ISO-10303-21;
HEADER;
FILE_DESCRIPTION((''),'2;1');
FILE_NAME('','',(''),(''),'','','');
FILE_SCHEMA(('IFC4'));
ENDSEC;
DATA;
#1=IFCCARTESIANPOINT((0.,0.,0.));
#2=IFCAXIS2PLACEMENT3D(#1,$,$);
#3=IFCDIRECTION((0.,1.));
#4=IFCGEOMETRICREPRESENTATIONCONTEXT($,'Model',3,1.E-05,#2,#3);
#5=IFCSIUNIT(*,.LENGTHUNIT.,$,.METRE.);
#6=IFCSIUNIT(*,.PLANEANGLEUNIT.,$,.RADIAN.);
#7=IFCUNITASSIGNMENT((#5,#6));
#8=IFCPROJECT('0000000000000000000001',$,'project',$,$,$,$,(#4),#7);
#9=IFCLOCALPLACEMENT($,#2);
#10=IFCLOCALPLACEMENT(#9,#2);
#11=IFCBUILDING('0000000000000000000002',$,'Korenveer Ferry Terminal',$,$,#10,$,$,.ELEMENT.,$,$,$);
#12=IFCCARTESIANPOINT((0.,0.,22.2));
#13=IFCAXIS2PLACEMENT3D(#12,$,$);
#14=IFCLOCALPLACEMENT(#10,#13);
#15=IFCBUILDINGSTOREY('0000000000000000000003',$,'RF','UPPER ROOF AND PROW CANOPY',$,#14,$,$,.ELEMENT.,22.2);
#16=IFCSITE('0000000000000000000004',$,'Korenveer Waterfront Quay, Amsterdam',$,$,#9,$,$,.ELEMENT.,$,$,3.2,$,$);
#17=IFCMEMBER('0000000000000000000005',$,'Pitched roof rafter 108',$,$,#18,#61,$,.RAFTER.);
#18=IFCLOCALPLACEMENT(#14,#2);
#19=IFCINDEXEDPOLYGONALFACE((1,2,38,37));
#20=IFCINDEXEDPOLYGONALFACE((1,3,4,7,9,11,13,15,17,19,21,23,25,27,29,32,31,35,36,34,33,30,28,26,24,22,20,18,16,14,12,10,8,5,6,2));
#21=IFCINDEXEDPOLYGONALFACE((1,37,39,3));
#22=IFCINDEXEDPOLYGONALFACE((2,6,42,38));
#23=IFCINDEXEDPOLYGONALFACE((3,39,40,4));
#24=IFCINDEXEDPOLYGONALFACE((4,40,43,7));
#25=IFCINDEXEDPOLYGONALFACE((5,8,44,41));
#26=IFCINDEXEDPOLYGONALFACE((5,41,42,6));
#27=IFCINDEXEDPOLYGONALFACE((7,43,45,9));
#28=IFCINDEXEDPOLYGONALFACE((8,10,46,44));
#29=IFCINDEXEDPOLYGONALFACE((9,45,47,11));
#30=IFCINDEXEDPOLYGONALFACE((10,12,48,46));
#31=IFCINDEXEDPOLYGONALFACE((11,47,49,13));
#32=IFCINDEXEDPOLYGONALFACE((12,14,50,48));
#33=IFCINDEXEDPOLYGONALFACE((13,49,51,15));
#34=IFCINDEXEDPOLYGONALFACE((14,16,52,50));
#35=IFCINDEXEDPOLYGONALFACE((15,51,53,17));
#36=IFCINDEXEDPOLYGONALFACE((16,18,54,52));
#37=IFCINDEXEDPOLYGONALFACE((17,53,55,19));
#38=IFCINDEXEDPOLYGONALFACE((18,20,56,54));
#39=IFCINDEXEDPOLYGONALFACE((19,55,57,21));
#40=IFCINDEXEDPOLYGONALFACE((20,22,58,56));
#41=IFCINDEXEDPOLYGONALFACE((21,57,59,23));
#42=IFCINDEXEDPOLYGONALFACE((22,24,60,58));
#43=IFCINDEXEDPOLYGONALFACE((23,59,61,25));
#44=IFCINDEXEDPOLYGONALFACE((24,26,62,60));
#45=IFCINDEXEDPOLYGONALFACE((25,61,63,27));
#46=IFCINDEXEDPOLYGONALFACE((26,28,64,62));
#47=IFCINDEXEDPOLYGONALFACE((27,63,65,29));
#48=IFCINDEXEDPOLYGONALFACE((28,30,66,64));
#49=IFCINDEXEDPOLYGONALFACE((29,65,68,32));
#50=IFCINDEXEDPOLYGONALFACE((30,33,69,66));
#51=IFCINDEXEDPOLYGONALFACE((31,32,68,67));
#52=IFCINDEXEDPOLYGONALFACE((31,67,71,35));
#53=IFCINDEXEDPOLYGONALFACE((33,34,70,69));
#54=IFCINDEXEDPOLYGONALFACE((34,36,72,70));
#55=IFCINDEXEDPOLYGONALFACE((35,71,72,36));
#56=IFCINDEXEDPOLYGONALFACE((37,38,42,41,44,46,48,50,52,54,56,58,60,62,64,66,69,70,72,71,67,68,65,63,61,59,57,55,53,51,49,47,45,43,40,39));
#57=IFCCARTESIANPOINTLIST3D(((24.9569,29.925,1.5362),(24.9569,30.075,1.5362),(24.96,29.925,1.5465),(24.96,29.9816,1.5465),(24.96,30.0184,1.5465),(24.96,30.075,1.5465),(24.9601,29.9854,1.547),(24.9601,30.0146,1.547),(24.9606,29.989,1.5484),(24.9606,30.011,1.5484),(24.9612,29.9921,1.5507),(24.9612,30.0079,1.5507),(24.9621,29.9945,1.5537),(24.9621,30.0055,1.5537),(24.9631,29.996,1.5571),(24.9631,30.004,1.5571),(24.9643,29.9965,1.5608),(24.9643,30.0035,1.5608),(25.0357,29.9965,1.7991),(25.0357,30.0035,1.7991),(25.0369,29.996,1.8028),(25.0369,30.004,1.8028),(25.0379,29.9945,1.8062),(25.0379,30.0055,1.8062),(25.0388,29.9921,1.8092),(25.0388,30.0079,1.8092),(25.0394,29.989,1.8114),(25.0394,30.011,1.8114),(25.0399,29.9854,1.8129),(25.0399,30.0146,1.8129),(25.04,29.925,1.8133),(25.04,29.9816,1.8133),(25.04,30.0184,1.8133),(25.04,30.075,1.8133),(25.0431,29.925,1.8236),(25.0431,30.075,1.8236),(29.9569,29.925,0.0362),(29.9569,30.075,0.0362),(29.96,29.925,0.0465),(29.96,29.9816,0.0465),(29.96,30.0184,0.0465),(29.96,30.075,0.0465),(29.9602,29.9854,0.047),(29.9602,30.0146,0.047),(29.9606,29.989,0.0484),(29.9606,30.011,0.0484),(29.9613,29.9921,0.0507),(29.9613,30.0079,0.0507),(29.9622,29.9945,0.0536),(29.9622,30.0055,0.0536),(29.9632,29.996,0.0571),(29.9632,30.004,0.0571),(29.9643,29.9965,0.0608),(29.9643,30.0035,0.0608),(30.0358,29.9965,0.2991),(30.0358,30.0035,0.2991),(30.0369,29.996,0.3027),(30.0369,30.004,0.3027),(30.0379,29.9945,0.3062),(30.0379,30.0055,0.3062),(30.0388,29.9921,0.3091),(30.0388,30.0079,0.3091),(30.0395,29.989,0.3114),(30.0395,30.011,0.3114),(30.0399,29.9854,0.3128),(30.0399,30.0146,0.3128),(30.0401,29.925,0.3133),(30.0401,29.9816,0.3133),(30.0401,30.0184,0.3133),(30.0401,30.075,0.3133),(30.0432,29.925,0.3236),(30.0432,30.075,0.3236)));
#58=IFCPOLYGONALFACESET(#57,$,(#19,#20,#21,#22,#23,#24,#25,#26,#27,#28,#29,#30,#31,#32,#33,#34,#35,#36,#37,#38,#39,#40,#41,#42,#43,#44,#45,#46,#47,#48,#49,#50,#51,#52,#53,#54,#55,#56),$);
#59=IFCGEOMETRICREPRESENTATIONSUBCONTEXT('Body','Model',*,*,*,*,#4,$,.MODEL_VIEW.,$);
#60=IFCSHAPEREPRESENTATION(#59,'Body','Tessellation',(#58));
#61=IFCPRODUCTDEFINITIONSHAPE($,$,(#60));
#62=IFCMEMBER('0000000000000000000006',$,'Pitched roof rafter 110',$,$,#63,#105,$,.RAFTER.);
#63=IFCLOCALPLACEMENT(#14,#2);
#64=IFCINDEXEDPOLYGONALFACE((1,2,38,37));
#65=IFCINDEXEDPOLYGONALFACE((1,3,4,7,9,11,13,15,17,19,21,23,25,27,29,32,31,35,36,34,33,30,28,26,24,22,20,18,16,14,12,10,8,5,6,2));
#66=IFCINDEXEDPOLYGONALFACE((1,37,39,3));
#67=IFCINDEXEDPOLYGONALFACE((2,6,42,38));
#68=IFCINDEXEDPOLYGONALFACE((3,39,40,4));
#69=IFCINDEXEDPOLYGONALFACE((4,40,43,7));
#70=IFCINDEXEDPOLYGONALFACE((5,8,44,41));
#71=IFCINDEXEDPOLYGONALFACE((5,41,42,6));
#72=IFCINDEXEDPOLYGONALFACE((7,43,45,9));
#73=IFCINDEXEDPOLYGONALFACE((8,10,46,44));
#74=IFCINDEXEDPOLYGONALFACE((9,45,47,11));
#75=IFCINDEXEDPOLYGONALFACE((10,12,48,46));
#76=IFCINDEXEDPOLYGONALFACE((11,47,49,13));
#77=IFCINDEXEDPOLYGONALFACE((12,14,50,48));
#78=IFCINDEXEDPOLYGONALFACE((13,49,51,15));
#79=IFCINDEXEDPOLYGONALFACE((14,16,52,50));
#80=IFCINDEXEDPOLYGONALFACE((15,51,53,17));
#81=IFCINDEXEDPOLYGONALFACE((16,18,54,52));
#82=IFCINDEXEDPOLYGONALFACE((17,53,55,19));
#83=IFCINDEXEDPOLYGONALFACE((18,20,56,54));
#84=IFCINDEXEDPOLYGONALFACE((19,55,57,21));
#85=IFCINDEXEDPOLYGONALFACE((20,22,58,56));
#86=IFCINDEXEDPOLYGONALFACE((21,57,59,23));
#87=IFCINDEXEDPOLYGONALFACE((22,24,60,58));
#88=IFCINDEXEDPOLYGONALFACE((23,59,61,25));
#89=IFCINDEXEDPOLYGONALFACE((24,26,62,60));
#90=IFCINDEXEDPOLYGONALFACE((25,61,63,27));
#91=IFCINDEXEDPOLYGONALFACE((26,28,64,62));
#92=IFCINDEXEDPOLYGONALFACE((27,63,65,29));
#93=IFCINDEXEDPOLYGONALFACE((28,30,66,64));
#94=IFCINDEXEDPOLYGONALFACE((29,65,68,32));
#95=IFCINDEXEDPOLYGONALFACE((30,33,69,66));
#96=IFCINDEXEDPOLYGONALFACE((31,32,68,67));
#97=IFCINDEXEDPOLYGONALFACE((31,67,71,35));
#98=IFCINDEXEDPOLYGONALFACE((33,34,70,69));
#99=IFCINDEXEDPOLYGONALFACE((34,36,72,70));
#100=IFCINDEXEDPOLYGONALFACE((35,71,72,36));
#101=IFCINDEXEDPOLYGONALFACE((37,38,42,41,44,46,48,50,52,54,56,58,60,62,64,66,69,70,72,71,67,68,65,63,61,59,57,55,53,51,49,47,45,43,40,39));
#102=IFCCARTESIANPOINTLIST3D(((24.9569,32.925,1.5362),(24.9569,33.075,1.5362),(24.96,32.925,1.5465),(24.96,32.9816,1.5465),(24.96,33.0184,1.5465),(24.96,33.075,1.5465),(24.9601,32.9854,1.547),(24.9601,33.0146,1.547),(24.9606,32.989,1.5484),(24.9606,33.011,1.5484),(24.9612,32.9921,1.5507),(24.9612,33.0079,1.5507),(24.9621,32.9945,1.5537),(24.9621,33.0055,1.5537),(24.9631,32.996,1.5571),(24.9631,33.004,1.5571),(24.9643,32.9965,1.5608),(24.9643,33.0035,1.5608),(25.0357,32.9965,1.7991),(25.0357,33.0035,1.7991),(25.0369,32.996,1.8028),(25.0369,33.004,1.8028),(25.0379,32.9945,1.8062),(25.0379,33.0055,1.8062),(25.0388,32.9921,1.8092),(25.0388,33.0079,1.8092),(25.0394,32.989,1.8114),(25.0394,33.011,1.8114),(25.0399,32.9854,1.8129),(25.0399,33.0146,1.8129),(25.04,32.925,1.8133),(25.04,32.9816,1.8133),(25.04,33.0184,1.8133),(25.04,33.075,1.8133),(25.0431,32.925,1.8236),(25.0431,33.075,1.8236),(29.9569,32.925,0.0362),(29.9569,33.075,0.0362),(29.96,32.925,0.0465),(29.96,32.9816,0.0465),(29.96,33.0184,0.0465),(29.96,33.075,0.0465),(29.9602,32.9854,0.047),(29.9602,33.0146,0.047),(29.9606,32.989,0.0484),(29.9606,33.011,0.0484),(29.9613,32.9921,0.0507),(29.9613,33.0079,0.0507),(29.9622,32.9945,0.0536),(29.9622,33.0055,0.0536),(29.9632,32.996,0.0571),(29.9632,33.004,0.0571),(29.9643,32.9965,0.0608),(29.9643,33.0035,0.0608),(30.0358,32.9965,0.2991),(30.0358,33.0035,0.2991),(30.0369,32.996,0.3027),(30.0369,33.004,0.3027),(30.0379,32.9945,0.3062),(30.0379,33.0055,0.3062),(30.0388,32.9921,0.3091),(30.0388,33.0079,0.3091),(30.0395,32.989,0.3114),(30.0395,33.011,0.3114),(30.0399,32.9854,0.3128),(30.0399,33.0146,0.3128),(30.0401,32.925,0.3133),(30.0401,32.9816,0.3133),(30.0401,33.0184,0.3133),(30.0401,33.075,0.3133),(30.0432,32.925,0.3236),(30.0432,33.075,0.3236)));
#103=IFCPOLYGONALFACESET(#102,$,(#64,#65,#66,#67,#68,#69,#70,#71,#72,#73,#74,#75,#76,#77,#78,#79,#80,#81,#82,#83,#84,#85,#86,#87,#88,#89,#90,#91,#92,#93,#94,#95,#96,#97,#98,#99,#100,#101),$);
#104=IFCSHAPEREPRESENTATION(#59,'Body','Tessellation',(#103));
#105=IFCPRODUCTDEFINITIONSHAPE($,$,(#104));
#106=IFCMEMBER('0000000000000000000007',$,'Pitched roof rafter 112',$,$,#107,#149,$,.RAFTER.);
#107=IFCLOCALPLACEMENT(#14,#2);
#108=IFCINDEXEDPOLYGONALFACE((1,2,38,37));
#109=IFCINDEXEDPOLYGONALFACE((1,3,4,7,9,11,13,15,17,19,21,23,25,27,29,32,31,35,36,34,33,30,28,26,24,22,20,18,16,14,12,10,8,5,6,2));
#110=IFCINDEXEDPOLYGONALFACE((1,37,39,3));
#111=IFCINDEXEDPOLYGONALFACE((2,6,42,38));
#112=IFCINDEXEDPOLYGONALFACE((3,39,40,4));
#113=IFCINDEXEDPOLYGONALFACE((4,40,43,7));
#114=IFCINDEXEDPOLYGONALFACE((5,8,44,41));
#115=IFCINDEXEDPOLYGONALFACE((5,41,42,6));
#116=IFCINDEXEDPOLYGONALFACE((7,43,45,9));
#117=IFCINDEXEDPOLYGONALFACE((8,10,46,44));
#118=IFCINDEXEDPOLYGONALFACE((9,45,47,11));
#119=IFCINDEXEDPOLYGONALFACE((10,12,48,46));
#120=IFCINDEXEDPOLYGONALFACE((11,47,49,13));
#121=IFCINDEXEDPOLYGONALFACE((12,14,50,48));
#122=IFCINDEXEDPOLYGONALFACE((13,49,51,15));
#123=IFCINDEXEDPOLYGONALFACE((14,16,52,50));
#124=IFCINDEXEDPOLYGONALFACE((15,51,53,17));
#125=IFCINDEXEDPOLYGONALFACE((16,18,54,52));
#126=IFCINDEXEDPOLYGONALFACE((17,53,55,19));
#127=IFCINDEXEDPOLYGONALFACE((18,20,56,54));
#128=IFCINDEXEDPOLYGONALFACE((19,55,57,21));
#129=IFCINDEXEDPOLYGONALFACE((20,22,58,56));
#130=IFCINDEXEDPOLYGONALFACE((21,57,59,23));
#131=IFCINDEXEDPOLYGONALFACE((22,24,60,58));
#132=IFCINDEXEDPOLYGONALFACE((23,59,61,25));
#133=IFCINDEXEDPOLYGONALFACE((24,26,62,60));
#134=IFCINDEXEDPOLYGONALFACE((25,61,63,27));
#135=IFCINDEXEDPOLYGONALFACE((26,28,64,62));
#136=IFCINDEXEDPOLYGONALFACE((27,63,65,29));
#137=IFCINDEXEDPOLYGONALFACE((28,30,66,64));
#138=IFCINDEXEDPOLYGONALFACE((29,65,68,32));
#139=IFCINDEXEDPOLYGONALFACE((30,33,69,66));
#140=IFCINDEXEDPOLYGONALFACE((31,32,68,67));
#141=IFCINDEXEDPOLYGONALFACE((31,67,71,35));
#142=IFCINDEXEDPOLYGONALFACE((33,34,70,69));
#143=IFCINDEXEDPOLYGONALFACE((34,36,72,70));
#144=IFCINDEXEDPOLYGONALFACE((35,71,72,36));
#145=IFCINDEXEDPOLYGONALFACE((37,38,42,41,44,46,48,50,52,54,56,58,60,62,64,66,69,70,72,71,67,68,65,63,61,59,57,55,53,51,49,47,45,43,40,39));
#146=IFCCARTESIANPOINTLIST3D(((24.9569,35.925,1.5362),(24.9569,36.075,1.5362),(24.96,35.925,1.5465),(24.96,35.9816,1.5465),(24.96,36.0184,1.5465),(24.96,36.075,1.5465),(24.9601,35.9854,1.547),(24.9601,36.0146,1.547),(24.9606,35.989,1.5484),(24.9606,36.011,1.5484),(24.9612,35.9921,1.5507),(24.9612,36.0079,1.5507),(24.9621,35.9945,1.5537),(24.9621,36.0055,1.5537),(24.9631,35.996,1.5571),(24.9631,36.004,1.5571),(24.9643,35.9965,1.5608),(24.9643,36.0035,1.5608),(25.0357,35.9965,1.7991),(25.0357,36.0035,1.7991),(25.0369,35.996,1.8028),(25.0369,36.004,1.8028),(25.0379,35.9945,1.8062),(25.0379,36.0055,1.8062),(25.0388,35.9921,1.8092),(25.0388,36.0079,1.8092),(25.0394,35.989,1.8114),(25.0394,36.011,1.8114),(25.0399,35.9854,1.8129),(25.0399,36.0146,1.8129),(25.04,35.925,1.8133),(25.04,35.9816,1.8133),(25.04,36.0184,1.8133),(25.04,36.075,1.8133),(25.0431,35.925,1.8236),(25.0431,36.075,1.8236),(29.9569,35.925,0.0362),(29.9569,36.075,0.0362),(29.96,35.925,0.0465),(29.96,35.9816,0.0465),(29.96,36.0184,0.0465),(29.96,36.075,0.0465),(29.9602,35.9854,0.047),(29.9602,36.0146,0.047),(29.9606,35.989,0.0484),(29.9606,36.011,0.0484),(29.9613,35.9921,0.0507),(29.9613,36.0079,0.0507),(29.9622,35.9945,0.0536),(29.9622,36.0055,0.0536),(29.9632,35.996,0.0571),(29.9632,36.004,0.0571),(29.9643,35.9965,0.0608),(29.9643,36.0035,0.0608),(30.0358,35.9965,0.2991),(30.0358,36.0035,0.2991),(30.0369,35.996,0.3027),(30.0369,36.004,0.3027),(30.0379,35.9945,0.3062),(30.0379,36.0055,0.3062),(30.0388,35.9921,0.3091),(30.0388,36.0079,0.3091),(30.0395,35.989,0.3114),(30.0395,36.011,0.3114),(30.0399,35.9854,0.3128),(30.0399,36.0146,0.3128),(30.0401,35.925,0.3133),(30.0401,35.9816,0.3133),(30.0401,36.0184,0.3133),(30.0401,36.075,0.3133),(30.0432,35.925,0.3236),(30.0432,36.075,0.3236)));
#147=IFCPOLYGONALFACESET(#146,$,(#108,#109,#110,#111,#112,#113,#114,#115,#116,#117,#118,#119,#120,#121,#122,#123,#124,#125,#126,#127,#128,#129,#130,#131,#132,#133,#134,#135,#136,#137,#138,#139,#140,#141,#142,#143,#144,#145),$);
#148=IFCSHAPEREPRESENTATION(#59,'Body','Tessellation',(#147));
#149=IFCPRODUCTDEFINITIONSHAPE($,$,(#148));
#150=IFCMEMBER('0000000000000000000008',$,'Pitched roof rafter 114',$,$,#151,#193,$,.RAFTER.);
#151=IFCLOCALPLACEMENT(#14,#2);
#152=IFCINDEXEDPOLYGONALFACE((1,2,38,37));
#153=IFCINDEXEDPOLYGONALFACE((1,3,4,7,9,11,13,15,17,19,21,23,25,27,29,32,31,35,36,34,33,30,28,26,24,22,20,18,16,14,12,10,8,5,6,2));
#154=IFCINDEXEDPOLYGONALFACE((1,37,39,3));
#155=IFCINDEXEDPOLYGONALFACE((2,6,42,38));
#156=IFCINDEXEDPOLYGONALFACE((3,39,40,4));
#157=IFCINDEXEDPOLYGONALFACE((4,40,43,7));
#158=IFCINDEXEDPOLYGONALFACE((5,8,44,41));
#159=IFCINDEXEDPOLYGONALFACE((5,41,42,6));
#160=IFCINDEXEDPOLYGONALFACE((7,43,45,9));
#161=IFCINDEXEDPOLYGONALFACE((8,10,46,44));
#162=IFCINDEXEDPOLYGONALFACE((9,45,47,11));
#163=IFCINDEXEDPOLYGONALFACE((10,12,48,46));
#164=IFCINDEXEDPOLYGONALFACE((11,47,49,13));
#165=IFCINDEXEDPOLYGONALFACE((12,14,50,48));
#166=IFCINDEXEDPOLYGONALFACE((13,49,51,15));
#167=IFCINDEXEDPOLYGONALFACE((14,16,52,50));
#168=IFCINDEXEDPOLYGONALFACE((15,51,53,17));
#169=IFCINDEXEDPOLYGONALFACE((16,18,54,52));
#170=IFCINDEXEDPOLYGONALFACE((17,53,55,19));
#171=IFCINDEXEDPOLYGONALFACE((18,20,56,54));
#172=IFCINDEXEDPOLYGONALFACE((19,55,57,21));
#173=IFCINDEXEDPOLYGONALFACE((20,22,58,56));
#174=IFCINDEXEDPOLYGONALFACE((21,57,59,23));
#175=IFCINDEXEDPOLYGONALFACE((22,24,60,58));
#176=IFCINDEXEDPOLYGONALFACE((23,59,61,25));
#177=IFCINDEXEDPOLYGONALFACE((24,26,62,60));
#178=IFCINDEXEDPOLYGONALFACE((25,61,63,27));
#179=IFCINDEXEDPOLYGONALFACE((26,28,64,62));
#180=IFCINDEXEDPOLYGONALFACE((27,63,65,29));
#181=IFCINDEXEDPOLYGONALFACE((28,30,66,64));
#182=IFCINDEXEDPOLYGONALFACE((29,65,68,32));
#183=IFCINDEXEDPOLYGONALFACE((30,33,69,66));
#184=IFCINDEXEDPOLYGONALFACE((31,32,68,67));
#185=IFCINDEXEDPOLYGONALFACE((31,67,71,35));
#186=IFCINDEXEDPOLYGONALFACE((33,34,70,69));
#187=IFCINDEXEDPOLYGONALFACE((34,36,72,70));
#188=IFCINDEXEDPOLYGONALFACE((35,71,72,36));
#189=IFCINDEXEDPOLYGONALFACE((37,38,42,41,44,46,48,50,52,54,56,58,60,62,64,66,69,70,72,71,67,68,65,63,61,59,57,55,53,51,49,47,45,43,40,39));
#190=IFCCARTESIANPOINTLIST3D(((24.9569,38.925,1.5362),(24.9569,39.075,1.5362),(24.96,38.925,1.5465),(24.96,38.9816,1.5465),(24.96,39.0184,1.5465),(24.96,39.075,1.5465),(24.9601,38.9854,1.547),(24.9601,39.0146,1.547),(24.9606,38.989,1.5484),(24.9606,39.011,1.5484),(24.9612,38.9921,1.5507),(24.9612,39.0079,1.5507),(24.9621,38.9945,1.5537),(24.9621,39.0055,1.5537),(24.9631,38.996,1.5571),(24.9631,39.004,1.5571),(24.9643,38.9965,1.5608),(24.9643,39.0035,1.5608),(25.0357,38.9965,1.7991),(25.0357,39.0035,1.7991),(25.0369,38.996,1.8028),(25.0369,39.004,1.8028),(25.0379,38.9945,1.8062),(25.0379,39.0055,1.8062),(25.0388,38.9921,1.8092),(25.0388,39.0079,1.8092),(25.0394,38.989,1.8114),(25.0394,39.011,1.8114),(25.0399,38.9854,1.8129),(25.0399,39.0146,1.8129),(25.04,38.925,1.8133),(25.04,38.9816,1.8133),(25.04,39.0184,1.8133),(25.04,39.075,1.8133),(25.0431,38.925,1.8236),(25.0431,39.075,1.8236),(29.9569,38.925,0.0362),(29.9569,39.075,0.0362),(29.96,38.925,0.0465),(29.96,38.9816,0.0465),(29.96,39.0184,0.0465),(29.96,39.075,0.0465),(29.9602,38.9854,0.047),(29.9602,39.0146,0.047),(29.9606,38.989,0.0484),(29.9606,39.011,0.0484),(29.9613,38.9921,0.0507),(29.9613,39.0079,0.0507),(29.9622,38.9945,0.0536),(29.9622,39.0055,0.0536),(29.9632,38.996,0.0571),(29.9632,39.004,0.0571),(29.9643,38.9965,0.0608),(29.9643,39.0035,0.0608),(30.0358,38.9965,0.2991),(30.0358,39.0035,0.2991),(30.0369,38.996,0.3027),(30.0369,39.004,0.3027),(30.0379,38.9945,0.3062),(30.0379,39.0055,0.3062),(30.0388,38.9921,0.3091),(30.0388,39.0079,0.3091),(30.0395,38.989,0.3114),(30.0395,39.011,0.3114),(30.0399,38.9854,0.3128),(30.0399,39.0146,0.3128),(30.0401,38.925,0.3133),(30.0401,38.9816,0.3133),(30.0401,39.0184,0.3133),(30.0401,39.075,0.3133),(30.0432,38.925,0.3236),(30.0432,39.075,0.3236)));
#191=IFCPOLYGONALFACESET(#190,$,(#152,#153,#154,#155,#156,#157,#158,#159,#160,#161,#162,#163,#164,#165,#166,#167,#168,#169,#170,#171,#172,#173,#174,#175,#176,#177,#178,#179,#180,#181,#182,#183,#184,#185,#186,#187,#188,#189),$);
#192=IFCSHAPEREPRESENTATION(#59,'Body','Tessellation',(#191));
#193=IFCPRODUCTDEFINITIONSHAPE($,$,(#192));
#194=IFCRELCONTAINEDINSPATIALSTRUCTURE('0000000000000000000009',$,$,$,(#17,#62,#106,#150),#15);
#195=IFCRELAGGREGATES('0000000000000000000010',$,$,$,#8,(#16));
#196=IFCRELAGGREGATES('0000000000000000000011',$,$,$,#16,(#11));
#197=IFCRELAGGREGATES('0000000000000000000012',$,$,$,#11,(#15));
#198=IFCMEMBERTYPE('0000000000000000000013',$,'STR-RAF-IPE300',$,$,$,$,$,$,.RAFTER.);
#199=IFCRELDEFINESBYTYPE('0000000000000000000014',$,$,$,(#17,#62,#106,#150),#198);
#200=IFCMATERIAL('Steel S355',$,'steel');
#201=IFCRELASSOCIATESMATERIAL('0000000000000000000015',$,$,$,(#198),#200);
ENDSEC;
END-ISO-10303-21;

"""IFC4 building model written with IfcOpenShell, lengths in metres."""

from ifc_helpers import new_model, si_unit, direction, frame, origin, origin_2d, place, context, subcontext, project, spatial, i_section, extrude, material, material_profile, profile_set, type_object, element, save


model = new_model("IFC4")

# Units and contexts
model_context = context("Model", 3, precision=1e-05, world=origin(), true_north=direction((0.0, 1.0)))
body_context = subcontext(model_context, "Body", "Model", "MODEL_VIEW")
ifc_project = project(units=[si_unit("LENGTHUNIT", "METRE"), si_unit("PLANEANGLEUNIT", "RADIAN")], contexts=[model_context])

# Site, building, storey
site_placement = place(None, origin())
site = spatial("IfcSite", under=ifc_project, at=site_placement, Name="Korenveer Waterfront Quay, Amsterdam", CompositionType="ELEMENT", RefElevation=3.2)
building_placement = place(site_placement, origin())
building = spatial("IfcBuilding", under=site, at=building_placement, Name="Korenveer Ferry Terminal", CompositionType="ELEMENT")
storey_placement = place(building_placement, frame((0.0, 0.0, 22.2)))
storey = spatial("IfcBuildingStorey", under=building, at=storey_placement, Name="RF", Description="UPPER ROOF AND PROW CANOPY", CompositionType="ELEMENT", Elevation=22.2)

# Shared definitions
ifc_material_1 = material(Name="Steel S355", Category="steel")

# Members
ifc_material_profile_1 = material_profile(ifc_material_1, i_section(OverallWidth=0.1499, OverallDepth=0.3, WebThickness=0.0071, FlangeThickness=0.0107, FilletRadius=0.0149, at=origin_2d()), Name="IPE 300")
ifc_profile_set_1 = profile_set([ifc_material_profile_1], Name="Steel S355")
member_type_1 = type_object("IfcMemberType", Name="STR-RAF-IPE300", PredefinedType="RAFTER", material=ifc_profile_set_1)
for number, where, z_axis, x_axis, name in (
    (1, (25.0, 30.0, 1.6799), (0.957826, 0.0, -0.287348), (0.0, 1.0, 0.0), "Pitched roof rafter 108"),
    (2, (25.0, 33.0, 1.6799), (0.957826, 0.0, -0.287348), (0.0, 1.0, 0.0), "Pitched roof rafter 110"),
    (3, (25.0, 36.0, 1.6799), (0.957826, 0.0, -0.287348), (0.0, 1.0, 0.0), "Pitched roof rafter 112"),
    (4, (25.0, 39.0, 1.6799), (0.957826, 0.0, -0.287348), (0.0, 1.0, 0.0), "Pitched roof rafter 114"),
):
    element("IfcMember", number, at=place(storey_placement, frame(where, z_axis=z_axis, x_axis=x_axis)), inside=storey, type_object=member_type_1, Name=name, PredefinedType="RAFTER", context=body_context, shape_type="SweptSolid", body=[
        extrude(i_section(OverallWidth=0.1499, OverallDepth=0.3, WebThickness=0.0071, FlangeThickness=0.0107, FilletRadius=0.0149, at=origin_2d()), origin(), (0.0, 0.0, 1.0), 5.2202),
    ])

save(model, "model.ifc")
